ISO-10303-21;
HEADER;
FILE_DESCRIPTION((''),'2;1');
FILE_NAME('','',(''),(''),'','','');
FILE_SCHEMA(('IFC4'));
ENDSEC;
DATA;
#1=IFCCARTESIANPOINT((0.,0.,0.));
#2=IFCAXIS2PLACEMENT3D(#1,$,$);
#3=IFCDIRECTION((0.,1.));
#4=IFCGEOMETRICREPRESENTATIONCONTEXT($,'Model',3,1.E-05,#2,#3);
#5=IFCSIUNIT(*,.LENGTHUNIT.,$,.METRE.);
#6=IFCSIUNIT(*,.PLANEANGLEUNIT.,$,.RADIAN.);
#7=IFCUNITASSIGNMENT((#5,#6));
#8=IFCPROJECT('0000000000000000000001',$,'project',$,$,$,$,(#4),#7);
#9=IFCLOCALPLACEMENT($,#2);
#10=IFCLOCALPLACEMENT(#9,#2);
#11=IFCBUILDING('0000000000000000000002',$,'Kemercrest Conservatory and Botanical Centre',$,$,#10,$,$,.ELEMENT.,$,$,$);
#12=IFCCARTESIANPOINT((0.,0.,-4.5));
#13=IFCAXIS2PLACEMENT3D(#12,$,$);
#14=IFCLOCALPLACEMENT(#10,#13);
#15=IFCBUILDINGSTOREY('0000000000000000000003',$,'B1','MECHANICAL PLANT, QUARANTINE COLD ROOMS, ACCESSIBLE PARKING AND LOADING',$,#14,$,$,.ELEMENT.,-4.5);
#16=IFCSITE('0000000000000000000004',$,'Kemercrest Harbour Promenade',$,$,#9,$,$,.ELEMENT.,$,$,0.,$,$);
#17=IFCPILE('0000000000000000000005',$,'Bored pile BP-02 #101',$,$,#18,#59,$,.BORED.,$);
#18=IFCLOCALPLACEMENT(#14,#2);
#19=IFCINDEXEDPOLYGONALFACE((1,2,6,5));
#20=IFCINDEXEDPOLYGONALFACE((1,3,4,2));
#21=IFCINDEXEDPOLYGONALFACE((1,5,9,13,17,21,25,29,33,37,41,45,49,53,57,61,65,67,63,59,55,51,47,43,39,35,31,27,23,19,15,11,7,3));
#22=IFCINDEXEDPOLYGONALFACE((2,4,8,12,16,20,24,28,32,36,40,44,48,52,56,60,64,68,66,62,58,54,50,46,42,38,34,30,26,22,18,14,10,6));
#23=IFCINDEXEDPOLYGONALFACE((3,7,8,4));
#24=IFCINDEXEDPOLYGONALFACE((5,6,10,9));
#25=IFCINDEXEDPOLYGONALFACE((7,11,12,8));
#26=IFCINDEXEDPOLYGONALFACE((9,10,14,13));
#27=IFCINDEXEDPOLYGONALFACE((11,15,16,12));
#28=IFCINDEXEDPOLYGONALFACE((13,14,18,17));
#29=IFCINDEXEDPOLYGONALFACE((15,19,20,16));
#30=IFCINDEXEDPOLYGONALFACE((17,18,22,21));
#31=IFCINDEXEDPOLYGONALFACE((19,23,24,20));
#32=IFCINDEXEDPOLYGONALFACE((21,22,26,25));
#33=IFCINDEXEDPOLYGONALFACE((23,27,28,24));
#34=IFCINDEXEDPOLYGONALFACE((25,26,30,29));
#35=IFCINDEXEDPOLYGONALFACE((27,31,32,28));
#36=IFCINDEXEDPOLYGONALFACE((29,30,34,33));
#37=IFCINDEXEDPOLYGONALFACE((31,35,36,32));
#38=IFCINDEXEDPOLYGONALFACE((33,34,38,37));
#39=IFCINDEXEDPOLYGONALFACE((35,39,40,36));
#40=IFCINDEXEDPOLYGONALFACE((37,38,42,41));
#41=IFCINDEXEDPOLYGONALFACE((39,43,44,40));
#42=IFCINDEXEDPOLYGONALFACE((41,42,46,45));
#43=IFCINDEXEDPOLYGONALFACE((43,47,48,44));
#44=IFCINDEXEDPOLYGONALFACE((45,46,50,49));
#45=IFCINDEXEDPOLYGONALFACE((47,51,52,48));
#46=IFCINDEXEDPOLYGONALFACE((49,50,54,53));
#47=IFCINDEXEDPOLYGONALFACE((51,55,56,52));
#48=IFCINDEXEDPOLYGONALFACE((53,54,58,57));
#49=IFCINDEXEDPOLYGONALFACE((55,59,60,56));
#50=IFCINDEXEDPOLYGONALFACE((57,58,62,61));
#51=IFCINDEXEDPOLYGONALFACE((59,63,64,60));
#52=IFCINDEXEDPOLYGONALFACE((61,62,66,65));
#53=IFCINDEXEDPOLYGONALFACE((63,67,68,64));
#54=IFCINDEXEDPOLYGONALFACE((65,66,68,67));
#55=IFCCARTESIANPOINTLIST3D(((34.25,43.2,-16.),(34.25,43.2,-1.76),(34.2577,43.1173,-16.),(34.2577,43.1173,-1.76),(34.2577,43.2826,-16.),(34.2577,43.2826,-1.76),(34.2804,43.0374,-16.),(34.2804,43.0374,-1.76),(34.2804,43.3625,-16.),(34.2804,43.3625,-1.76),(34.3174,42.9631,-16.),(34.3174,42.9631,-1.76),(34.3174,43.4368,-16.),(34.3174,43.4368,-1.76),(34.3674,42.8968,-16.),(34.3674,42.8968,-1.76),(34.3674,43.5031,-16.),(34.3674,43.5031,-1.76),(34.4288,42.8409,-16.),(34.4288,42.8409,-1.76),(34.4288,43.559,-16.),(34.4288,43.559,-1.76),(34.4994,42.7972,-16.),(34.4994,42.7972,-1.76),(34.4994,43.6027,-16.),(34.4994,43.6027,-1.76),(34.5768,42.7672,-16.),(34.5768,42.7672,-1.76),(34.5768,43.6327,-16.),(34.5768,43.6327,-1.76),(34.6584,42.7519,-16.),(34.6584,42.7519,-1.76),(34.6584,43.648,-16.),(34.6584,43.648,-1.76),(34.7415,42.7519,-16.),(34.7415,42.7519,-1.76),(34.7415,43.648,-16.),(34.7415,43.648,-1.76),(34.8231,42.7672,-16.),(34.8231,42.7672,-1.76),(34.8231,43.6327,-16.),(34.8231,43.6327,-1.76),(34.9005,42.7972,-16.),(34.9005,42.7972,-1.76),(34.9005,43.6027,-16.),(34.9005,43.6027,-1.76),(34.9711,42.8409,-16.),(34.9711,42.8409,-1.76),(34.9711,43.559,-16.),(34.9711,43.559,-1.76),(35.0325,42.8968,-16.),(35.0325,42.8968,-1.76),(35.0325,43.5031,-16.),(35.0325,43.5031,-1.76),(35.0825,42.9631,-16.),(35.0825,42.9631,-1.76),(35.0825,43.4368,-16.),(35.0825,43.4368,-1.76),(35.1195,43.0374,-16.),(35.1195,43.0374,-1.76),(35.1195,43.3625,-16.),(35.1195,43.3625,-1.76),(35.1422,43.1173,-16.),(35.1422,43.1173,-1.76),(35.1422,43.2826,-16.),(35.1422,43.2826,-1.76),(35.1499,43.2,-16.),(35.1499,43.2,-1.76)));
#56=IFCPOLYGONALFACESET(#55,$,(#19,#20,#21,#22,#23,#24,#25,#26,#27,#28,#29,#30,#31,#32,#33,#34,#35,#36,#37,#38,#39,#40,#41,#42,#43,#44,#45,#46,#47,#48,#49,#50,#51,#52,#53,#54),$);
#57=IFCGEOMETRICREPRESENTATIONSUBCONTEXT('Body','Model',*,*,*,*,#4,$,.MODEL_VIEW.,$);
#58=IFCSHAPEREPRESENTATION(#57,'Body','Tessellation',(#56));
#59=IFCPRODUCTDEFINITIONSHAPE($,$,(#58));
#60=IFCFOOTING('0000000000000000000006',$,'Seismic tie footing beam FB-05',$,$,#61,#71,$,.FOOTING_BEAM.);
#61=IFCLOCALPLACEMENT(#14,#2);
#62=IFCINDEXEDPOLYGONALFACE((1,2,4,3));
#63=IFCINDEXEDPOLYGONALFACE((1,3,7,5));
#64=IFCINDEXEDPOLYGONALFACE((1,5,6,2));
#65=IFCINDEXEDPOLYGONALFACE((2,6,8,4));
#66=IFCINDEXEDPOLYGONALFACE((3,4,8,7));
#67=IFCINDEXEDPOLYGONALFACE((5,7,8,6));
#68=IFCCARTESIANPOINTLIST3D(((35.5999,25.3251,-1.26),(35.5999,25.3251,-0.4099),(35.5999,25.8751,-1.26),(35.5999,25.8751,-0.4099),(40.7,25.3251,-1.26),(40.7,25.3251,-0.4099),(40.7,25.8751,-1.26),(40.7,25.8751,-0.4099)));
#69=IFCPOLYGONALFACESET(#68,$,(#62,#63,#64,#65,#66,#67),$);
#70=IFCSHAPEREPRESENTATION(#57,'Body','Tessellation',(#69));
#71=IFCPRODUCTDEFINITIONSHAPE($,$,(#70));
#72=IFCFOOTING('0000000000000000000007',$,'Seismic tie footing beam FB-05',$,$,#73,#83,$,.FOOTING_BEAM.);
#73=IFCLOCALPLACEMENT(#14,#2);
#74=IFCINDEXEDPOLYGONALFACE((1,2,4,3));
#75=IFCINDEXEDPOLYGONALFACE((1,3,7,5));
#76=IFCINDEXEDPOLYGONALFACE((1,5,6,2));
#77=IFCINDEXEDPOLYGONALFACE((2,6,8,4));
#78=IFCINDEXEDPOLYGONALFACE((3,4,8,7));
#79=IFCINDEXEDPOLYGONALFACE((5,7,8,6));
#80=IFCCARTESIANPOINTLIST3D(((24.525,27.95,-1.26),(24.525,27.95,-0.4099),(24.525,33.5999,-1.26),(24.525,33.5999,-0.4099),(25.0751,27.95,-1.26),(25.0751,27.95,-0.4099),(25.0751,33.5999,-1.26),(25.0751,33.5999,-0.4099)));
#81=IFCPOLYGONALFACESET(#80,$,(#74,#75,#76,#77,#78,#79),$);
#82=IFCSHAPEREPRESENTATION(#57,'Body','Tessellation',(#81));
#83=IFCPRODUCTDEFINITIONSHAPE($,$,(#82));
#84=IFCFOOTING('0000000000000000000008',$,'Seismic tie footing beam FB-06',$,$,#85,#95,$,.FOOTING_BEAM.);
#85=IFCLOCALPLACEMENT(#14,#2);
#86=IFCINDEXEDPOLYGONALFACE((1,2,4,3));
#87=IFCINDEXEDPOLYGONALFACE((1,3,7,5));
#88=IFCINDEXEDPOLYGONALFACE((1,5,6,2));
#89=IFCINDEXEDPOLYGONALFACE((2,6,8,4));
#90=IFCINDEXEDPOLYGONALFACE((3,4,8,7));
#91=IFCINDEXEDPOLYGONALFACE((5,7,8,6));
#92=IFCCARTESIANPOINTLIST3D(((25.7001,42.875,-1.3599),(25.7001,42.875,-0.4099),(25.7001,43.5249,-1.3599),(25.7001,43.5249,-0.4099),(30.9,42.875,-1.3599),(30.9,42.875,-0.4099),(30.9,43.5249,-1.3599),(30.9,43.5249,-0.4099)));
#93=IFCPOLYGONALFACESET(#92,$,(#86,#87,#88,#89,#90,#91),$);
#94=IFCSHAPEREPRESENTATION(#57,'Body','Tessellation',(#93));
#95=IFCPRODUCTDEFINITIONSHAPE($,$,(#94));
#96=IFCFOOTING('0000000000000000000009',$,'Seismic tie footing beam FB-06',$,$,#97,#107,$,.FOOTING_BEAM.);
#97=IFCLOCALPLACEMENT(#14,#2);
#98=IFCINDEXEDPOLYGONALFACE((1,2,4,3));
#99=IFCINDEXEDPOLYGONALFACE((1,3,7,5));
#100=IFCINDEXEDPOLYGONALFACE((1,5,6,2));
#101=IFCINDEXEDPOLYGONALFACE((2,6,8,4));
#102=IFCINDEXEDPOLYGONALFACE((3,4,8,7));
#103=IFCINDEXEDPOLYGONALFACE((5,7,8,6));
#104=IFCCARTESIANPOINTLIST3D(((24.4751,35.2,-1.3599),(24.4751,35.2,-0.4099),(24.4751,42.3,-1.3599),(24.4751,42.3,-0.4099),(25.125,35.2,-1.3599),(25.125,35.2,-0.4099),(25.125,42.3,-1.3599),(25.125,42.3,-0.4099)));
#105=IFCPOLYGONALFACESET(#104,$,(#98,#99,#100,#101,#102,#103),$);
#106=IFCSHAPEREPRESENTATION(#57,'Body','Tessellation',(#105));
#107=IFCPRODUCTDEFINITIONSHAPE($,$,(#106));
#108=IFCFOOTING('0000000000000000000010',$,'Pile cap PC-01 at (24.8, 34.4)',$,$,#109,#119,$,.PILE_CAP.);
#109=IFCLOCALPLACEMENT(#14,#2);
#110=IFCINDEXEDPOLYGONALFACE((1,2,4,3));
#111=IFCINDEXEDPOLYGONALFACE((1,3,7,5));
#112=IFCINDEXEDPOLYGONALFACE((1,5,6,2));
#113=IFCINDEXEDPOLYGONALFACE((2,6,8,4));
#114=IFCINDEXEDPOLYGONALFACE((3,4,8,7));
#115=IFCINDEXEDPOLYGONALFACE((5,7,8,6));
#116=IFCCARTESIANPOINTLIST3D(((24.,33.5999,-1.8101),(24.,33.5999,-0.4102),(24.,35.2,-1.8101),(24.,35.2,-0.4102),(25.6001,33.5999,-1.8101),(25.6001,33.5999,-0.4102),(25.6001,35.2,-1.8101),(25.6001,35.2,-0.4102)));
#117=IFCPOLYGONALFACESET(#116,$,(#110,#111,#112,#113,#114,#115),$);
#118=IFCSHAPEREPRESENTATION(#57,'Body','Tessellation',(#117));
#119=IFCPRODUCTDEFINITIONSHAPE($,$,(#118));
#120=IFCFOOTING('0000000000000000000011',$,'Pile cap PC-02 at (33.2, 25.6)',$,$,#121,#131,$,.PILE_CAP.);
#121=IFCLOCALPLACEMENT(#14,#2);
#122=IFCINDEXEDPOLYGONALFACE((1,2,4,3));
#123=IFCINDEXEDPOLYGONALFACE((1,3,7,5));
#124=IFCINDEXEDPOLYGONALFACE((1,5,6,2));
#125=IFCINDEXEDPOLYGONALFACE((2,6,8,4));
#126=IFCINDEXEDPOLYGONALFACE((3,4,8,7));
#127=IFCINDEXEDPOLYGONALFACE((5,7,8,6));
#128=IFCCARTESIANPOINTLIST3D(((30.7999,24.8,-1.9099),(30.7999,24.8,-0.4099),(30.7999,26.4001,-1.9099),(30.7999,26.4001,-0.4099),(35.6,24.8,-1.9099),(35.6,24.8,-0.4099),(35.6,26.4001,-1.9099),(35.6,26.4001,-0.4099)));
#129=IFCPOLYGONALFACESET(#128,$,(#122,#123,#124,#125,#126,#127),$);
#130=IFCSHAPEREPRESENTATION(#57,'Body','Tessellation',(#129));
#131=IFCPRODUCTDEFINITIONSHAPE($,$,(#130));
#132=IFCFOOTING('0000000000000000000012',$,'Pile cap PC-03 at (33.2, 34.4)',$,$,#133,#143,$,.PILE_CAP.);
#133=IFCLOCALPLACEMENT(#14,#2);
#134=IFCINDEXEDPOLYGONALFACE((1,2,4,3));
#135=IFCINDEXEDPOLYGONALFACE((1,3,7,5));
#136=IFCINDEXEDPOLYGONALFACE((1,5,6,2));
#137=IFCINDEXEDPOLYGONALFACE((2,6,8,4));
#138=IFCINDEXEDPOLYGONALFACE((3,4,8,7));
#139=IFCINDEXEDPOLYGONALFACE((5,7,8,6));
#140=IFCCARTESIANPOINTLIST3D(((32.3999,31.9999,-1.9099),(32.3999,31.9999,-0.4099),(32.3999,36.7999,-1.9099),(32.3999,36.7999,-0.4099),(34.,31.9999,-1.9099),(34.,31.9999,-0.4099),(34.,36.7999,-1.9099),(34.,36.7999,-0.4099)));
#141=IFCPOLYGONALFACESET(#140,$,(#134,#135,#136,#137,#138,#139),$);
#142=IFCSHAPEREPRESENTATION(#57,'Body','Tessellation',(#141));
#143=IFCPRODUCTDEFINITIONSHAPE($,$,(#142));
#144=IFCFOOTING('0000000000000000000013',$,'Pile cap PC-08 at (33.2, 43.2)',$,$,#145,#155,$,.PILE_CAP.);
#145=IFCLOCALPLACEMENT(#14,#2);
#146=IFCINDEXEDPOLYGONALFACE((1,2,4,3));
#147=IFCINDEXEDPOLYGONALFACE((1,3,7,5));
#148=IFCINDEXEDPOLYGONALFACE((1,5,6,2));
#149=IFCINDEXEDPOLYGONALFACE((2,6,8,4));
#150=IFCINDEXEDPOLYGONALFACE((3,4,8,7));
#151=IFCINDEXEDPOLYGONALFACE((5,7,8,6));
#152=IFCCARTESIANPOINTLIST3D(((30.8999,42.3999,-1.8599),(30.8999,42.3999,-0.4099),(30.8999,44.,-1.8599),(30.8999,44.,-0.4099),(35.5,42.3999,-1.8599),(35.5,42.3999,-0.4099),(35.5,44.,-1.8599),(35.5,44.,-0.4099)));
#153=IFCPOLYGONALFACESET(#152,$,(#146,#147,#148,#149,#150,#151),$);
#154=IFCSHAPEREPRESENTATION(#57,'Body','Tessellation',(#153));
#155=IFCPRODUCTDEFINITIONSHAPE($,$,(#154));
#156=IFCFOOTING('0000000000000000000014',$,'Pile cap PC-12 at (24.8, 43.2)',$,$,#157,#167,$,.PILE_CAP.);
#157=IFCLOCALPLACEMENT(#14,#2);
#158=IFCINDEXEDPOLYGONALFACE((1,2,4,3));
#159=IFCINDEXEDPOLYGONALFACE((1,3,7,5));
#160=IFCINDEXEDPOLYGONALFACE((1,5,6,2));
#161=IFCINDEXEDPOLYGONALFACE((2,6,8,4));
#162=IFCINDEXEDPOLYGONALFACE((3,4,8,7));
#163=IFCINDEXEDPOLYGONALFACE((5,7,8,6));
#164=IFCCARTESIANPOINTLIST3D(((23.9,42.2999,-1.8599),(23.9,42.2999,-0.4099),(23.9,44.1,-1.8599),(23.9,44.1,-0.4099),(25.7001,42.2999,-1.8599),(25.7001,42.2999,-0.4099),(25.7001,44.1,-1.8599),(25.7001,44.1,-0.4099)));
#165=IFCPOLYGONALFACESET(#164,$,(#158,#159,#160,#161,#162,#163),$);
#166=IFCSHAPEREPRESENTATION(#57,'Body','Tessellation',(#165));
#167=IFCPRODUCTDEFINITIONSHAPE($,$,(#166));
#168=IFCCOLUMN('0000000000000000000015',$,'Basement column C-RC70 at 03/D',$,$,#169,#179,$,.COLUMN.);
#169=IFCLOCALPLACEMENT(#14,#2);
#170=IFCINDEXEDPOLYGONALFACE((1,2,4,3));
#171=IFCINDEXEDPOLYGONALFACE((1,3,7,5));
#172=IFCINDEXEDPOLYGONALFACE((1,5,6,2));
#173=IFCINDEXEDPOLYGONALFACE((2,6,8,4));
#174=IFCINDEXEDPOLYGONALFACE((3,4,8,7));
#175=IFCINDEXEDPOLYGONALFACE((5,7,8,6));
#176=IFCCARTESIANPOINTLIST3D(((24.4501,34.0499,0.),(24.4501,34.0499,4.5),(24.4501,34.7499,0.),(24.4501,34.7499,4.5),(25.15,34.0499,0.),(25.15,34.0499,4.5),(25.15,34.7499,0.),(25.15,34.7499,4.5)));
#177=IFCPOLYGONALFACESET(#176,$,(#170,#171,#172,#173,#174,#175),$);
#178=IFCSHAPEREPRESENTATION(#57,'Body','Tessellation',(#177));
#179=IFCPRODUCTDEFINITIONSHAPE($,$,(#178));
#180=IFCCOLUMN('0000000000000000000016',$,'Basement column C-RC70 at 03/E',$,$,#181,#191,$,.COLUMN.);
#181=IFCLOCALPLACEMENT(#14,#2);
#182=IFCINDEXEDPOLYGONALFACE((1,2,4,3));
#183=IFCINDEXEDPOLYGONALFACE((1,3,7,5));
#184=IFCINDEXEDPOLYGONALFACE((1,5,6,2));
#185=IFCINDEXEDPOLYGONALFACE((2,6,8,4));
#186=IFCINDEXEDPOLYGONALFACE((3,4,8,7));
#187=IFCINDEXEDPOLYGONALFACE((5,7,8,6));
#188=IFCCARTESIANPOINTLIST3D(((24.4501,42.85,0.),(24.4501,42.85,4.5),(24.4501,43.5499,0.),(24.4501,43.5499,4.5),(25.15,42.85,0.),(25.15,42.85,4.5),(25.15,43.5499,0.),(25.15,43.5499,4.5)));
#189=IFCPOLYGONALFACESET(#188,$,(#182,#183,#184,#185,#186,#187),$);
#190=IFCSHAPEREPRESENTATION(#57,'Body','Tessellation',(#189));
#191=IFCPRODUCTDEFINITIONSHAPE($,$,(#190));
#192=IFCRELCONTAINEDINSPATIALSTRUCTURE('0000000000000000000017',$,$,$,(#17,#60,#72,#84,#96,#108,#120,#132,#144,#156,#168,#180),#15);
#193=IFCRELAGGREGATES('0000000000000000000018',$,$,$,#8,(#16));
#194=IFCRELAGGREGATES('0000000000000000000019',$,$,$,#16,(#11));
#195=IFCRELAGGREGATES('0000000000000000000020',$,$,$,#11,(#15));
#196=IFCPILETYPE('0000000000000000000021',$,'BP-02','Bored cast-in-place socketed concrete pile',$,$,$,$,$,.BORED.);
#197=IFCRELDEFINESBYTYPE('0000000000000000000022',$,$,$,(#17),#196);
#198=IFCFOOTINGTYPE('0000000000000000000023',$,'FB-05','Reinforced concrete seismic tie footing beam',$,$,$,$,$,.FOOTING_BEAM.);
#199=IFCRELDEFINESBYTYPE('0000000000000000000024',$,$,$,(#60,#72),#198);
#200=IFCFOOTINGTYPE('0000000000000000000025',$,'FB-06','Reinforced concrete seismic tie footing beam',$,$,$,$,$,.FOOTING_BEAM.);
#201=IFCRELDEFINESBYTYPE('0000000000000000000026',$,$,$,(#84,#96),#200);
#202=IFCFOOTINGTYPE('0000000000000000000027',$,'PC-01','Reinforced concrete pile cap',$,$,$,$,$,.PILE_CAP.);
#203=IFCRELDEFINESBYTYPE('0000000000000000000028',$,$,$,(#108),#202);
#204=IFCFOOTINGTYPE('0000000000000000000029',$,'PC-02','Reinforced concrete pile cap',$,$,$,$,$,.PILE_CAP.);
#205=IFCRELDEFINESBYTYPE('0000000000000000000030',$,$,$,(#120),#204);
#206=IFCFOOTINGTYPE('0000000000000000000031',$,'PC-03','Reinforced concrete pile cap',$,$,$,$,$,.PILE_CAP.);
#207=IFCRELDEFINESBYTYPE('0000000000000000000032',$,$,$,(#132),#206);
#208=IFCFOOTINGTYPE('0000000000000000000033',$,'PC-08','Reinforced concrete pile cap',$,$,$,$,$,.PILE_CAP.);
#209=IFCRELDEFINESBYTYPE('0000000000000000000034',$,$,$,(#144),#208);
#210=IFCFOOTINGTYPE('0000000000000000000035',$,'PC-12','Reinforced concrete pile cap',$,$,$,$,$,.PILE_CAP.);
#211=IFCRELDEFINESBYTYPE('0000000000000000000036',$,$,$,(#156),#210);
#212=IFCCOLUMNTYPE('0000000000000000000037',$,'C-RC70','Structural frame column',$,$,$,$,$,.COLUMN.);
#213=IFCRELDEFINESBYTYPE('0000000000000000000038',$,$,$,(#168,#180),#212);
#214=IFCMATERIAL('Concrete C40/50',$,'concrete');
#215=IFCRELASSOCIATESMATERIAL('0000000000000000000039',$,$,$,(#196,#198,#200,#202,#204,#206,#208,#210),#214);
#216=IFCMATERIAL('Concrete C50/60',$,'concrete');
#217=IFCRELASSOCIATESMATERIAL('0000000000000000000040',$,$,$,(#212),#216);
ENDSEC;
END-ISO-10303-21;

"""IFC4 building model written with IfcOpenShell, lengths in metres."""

from ifc_helpers import new_model, si_unit, direction, frame, origin, origin_2d, place, context, subcontext, project, spatial, rectangle, circle, extrude, material, material_profile, profile_set, type_object, element, save


model = new_model("IFC4")

# Units and contexts
model_context = context("Model", 3, precision=1e-05, world=origin(), true_north=direction((0.0, 1.0)))
body_context = subcontext(model_context, "Body", "Model", "MODEL_VIEW")
ifc_project = project(units=[si_unit("LENGTHUNIT", "METRE"), si_unit("PLANEANGLEUNIT", "RADIAN")], contexts=[model_context])

# Site, building, storey
site_placement = place(None, origin())
site = spatial("IfcSite", under=ifc_project, at=site_placement, Name="Kemercrest Harbour Promenade", CompositionType="ELEMENT", RefElevation=0.0)
building_placement = place(site_placement, origin())
building = spatial("IfcBuilding", under=site, at=building_placement, Name="Kemercrest Conservatory and Botanical Centre", CompositionType="ELEMENT")
storey_placement = place(building_placement, frame((0.0, 0.0, -4.5)))
storey = spatial("IfcBuildingStorey", under=building, at=storey_placement, Name="B1", Description="MECHANICAL PLANT, QUARANTINE COLD ROOMS, ACCESSIBLE PARKING AND LOADING", CompositionType="ELEMENT", Elevation=-4.5)

# Pile
ifc_material_1 = material(Name="Concrete C40/50", Category="concrete")
ifc_material_profile_1 = material_profile(ifc_material_1, circle(Radius=0.45, at=origin_2d()), Name="BORED PILE 900")
ifc_profile_set_1 = profile_set([ifc_material_profile_1], Name="Concrete C40/50")
pile_type_1 = type_object("IfcPileType", Name="BP-02", Description="Bored cast-in-place socketed concrete pile", PredefinedType="BORED", material=ifc_profile_set_1)
for number, where, z_axis, x_axis, name in (
    (1, (34.7, 43.2, -1.76), (0.0, 0.0, -1.0), (1.0, 0.0, 0.0), "Bored pile BP-02 #101"),
):
    element("IfcPile", number, at=place(storey_placement, frame(where, z_axis=z_axis, x_axis=x_axis)), inside=storey, type_object=pile_type_1, Name=name, PredefinedType="BORED", context=body_context, shape_type="SweptSolid", body=[
        extrude(circle(Radius=0.45, at=origin_2d()), origin(), (0.0, 0.0, 1.0), 14.24),
    ])

# Footings
footing_type_1 = type_object("IfcFootingType", Name="FB-05", Description="Reinforced concrete seismic tie footing beam", PredefinedType="FOOTING_BEAM", material=ifc_material_1)
footing_1_placement = place(storey_placement, frame((38.1499, 25.6001, -1.26), z_axis=(0.0, 0.0, 1.0), x_axis=(1.0, 0.0, 0.0)))
element("IfcFooting", 2, at=footing_1_placement, inside=storey, type_object=footing_type_1, Name="Seismic tie footing beam FB-05", PredefinedType="FOOTING_BEAM", context=body_context, shape_type="SweptSolid", body=[
    extrude(rectangle(XDim=5.1001, YDim=0.55, at=origin_2d()), origin(), (0.0, 0.0, 1.0), 0.8501),
])
footing_2_placement = place(storey_placement, frame((24.8, 30.7749, -1.26), z_axis=(0.0, 0.0, 1.0), x_axis=(1.0, 0.0, 0.0)))
element("IfcFooting", 3, at=footing_2_placement, inside=storey, type_object=footing_type_1, Name="Seismic tie footing beam FB-05", PredefinedType="FOOTING_BEAM", context=body_context, shape_type="SweptSolid", body=[
    extrude(rectangle(XDim=0.55, YDim=5.6499, at=origin_2d()), origin(), (0.0, 0.0, 1.0), 0.8501),
])
footing_type_2 = type_object("IfcFootingType", Name="FB-06", Description="Reinforced concrete seismic tie footing beam", PredefinedType="FOOTING_BEAM", material=ifc_material_1)
footing_3_placement = place(storey_placement, frame((28.3, 43.2, -1.3599), z_axis=(0.0, 0.0, 1.0), x_axis=(1.0, 0.0, 0.0)))
element("IfcFooting", 4, at=footing_3_placement, inside=storey, type_object=footing_type_2, Name="Seismic tie footing beam FB-06", PredefinedType="FOOTING_BEAM", context=body_context, shape_type="SweptSolid", body=[
    extrude(rectangle(XDim=5.2, YDim=0.6499, at=origin_2d()), origin(), (0.0, 0.0, 1.0), 0.95),
])
footing_4_placement = place(storey_placement, frame((24.8, 38.75, -1.3599), z_axis=(0.0, 0.0, 1.0), x_axis=(1.0, 0.0, 0.0)))
element("IfcFooting", 5, at=footing_4_placement, inside=storey, type_object=footing_type_2, Name="Seismic tie footing beam FB-06", PredefinedType="FOOTING_BEAM", context=body_context, shape_type="SweptSolid", body=[
    extrude(rectangle(XDim=0.6499, YDim=7.1001, at=origin_2d()), origin(), (0.0, 0.0, 1.0), 0.95),
])
footing_type_3 = type_object("IfcFootingType", Name="PC-01", Description="Reinforced concrete pile cap", PredefinedType="PILE_CAP", material=ifc_material_1)
footing_5_placement = place(storey_placement, frame((24.8, 34.3999, -1.8101), z_axis=(0.0, 0.0, 1.0), x_axis=(1.0, 0.0, 0.0)))
element("IfcFooting", 6, at=footing_5_placement, inside=storey, type_object=footing_type_3, Name="Pile cap PC-01 at (24.8, 34.4)", PredefinedType="PILE_CAP", context=body_context, shape_type="SweptSolid", body=[
    extrude(rectangle(XDim=1.6001, YDim=1.6001, at=origin_2d()), origin(), (0.0, 0.0, 1.0), 1.3999),
])
footing_type_4 = type_object("IfcFootingType", Name="PC-02", Description="Reinforced concrete pile cap", PredefinedType="PILE_CAP", material=ifc_material_1)
footing_6_placement = place(storey_placement, frame((33.2, 25.6001, -1.9099), z_axis=(0.0, 0.0, 1.0), x_axis=(1.0, 0.0, 0.0)))
element("IfcFooting", 7, at=footing_6_placement, inside=storey, type_object=footing_type_4, Name="Pile cap PC-02 at (33.2, 25.6)", PredefinedType="PILE_CAP", context=body_context, shape_type="SweptSolid", body=[
    extrude(rectangle(XDim=4.8, YDim=1.6001, at=origin_2d()), origin(), (0.0, 0.0, 1.0), 1.5),
])
footing_type_5 = type_object("IfcFootingType", Name="PC-03", Description="Reinforced concrete pile cap", PredefinedType="PILE_CAP", material=ifc_material_1)
footing_7_placement = place(storey_placement, frame((33.2, 34.3999, -1.9099), z_axis=(0.0, 0.0, 1.0), x_axis=(1.0, 0.0, 0.0)))
element("IfcFooting", 8, at=footing_7_placement, inside=storey, type_object=footing_type_5, Name="Pile cap PC-03 at (33.2, 34.4)", PredefinedType="PILE_CAP", context=body_context, shape_type="SweptSolid", body=[
    extrude(rectangle(XDim=1.6001, YDim=4.8, at=origin_2d()), origin(), (0.0, 0.0, 1.0), 1.5),
])
footing_type_6 = type_object("IfcFootingType", Name="PC-08", Description="Reinforced concrete pile cap", PredefinedType="PILE_CAP", material=ifc_material_1)
footing_8_placement = place(storey_placement, frame((33.2, 43.2, -1.8599), z_axis=(0.0, 0.0, 1.0), x_axis=(1.0, 0.0, 0.0)))
element("IfcFooting", 9, at=footing_8_placement, inside=storey, type_object=footing_type_6, Name="Pile cap PC-08 at (33.2, 43.2)", PredefinedType="PILE_CAP", context=body_context, shape_type="SweptSolid", body=[
    extrude(rectangle(XDim=4.6001, YDim=1.6001, at=origin_2d()), origin(), (0.0, 0.0, 1.0), 1.45),
])
footing_type_7 = type_object("IfcFootingType", Name="PC-12", Description="Reinforced concrete pile cap", PredefinedType="PILE_CAP", material=ifc_material_1)
footing_9_placement = place(storey_placement, frame((24.8, 43.2, -1.8599), z_axis=(0.0, 0.0, 1.0), x_axis=(1.0, 0.0, 0.0)))
element("IfcFooting", 10, at=footing_9_placement, inside=storey, type_object=footing_type_7, Name="Pile cap PC-12 at (24.8, 43.2)", PredefinedType="PILE_CAP", context=body_context, shape_type="SweptSolid", body=[
    extrude(rectangle(XDim=1.8, YDim=1.8, at=origin_2d()), origin(), (0.0, 0.0, 1.0), 1.45),
])

# Columns
ifc_material_2 = material(Name="Concrete C50/60", Category="concrete")
ifc_material_profile_2 = material_profile(ifc_material_2, rectangle(XDim=0.7, YDim=0.7, at=origin_2d()), Name="RC 700x700")
ifc_profile_set_2 = profile_set([ifc_material_profile_2], Name="Concrete C50/60")
column_type = type_object("IfcColumnType", Name="C-RC70", Description="Structural frame column", PredefinedType="COLUMN", material=ifc_profile_set_2)
for number, where, z_axis, x_axis, name in (
    (11, (24.8, 34.3999, 0.0), (0.0, 0.0, 1.0), (1.0, 0.0, 0.0), "Basement column C-RC70 at 03/D"),
    (12, (24.8, 43.2, 0.0), (0.0, 0.0, 1.0), (1.0, 0.0, 0.0), "Basement column C-RC70 at 03/E"),
):
    element("IfcColumn", number, at=place(storey_placement, frame(where, z_axis=z_axis, x_axis=x_axis)), inside=storey, type_object=column_type, Name=name, PredefinedType="COLUMN", context=body_context, shape_type="SweptSolid", body=[
        extrude(rectangle(XDim=0.7, YDim=0.7, at=origin_2d()), origin(), (0.0, 0.0, 1.0), 4.5),
    ])

save(model, "model.ifc")
